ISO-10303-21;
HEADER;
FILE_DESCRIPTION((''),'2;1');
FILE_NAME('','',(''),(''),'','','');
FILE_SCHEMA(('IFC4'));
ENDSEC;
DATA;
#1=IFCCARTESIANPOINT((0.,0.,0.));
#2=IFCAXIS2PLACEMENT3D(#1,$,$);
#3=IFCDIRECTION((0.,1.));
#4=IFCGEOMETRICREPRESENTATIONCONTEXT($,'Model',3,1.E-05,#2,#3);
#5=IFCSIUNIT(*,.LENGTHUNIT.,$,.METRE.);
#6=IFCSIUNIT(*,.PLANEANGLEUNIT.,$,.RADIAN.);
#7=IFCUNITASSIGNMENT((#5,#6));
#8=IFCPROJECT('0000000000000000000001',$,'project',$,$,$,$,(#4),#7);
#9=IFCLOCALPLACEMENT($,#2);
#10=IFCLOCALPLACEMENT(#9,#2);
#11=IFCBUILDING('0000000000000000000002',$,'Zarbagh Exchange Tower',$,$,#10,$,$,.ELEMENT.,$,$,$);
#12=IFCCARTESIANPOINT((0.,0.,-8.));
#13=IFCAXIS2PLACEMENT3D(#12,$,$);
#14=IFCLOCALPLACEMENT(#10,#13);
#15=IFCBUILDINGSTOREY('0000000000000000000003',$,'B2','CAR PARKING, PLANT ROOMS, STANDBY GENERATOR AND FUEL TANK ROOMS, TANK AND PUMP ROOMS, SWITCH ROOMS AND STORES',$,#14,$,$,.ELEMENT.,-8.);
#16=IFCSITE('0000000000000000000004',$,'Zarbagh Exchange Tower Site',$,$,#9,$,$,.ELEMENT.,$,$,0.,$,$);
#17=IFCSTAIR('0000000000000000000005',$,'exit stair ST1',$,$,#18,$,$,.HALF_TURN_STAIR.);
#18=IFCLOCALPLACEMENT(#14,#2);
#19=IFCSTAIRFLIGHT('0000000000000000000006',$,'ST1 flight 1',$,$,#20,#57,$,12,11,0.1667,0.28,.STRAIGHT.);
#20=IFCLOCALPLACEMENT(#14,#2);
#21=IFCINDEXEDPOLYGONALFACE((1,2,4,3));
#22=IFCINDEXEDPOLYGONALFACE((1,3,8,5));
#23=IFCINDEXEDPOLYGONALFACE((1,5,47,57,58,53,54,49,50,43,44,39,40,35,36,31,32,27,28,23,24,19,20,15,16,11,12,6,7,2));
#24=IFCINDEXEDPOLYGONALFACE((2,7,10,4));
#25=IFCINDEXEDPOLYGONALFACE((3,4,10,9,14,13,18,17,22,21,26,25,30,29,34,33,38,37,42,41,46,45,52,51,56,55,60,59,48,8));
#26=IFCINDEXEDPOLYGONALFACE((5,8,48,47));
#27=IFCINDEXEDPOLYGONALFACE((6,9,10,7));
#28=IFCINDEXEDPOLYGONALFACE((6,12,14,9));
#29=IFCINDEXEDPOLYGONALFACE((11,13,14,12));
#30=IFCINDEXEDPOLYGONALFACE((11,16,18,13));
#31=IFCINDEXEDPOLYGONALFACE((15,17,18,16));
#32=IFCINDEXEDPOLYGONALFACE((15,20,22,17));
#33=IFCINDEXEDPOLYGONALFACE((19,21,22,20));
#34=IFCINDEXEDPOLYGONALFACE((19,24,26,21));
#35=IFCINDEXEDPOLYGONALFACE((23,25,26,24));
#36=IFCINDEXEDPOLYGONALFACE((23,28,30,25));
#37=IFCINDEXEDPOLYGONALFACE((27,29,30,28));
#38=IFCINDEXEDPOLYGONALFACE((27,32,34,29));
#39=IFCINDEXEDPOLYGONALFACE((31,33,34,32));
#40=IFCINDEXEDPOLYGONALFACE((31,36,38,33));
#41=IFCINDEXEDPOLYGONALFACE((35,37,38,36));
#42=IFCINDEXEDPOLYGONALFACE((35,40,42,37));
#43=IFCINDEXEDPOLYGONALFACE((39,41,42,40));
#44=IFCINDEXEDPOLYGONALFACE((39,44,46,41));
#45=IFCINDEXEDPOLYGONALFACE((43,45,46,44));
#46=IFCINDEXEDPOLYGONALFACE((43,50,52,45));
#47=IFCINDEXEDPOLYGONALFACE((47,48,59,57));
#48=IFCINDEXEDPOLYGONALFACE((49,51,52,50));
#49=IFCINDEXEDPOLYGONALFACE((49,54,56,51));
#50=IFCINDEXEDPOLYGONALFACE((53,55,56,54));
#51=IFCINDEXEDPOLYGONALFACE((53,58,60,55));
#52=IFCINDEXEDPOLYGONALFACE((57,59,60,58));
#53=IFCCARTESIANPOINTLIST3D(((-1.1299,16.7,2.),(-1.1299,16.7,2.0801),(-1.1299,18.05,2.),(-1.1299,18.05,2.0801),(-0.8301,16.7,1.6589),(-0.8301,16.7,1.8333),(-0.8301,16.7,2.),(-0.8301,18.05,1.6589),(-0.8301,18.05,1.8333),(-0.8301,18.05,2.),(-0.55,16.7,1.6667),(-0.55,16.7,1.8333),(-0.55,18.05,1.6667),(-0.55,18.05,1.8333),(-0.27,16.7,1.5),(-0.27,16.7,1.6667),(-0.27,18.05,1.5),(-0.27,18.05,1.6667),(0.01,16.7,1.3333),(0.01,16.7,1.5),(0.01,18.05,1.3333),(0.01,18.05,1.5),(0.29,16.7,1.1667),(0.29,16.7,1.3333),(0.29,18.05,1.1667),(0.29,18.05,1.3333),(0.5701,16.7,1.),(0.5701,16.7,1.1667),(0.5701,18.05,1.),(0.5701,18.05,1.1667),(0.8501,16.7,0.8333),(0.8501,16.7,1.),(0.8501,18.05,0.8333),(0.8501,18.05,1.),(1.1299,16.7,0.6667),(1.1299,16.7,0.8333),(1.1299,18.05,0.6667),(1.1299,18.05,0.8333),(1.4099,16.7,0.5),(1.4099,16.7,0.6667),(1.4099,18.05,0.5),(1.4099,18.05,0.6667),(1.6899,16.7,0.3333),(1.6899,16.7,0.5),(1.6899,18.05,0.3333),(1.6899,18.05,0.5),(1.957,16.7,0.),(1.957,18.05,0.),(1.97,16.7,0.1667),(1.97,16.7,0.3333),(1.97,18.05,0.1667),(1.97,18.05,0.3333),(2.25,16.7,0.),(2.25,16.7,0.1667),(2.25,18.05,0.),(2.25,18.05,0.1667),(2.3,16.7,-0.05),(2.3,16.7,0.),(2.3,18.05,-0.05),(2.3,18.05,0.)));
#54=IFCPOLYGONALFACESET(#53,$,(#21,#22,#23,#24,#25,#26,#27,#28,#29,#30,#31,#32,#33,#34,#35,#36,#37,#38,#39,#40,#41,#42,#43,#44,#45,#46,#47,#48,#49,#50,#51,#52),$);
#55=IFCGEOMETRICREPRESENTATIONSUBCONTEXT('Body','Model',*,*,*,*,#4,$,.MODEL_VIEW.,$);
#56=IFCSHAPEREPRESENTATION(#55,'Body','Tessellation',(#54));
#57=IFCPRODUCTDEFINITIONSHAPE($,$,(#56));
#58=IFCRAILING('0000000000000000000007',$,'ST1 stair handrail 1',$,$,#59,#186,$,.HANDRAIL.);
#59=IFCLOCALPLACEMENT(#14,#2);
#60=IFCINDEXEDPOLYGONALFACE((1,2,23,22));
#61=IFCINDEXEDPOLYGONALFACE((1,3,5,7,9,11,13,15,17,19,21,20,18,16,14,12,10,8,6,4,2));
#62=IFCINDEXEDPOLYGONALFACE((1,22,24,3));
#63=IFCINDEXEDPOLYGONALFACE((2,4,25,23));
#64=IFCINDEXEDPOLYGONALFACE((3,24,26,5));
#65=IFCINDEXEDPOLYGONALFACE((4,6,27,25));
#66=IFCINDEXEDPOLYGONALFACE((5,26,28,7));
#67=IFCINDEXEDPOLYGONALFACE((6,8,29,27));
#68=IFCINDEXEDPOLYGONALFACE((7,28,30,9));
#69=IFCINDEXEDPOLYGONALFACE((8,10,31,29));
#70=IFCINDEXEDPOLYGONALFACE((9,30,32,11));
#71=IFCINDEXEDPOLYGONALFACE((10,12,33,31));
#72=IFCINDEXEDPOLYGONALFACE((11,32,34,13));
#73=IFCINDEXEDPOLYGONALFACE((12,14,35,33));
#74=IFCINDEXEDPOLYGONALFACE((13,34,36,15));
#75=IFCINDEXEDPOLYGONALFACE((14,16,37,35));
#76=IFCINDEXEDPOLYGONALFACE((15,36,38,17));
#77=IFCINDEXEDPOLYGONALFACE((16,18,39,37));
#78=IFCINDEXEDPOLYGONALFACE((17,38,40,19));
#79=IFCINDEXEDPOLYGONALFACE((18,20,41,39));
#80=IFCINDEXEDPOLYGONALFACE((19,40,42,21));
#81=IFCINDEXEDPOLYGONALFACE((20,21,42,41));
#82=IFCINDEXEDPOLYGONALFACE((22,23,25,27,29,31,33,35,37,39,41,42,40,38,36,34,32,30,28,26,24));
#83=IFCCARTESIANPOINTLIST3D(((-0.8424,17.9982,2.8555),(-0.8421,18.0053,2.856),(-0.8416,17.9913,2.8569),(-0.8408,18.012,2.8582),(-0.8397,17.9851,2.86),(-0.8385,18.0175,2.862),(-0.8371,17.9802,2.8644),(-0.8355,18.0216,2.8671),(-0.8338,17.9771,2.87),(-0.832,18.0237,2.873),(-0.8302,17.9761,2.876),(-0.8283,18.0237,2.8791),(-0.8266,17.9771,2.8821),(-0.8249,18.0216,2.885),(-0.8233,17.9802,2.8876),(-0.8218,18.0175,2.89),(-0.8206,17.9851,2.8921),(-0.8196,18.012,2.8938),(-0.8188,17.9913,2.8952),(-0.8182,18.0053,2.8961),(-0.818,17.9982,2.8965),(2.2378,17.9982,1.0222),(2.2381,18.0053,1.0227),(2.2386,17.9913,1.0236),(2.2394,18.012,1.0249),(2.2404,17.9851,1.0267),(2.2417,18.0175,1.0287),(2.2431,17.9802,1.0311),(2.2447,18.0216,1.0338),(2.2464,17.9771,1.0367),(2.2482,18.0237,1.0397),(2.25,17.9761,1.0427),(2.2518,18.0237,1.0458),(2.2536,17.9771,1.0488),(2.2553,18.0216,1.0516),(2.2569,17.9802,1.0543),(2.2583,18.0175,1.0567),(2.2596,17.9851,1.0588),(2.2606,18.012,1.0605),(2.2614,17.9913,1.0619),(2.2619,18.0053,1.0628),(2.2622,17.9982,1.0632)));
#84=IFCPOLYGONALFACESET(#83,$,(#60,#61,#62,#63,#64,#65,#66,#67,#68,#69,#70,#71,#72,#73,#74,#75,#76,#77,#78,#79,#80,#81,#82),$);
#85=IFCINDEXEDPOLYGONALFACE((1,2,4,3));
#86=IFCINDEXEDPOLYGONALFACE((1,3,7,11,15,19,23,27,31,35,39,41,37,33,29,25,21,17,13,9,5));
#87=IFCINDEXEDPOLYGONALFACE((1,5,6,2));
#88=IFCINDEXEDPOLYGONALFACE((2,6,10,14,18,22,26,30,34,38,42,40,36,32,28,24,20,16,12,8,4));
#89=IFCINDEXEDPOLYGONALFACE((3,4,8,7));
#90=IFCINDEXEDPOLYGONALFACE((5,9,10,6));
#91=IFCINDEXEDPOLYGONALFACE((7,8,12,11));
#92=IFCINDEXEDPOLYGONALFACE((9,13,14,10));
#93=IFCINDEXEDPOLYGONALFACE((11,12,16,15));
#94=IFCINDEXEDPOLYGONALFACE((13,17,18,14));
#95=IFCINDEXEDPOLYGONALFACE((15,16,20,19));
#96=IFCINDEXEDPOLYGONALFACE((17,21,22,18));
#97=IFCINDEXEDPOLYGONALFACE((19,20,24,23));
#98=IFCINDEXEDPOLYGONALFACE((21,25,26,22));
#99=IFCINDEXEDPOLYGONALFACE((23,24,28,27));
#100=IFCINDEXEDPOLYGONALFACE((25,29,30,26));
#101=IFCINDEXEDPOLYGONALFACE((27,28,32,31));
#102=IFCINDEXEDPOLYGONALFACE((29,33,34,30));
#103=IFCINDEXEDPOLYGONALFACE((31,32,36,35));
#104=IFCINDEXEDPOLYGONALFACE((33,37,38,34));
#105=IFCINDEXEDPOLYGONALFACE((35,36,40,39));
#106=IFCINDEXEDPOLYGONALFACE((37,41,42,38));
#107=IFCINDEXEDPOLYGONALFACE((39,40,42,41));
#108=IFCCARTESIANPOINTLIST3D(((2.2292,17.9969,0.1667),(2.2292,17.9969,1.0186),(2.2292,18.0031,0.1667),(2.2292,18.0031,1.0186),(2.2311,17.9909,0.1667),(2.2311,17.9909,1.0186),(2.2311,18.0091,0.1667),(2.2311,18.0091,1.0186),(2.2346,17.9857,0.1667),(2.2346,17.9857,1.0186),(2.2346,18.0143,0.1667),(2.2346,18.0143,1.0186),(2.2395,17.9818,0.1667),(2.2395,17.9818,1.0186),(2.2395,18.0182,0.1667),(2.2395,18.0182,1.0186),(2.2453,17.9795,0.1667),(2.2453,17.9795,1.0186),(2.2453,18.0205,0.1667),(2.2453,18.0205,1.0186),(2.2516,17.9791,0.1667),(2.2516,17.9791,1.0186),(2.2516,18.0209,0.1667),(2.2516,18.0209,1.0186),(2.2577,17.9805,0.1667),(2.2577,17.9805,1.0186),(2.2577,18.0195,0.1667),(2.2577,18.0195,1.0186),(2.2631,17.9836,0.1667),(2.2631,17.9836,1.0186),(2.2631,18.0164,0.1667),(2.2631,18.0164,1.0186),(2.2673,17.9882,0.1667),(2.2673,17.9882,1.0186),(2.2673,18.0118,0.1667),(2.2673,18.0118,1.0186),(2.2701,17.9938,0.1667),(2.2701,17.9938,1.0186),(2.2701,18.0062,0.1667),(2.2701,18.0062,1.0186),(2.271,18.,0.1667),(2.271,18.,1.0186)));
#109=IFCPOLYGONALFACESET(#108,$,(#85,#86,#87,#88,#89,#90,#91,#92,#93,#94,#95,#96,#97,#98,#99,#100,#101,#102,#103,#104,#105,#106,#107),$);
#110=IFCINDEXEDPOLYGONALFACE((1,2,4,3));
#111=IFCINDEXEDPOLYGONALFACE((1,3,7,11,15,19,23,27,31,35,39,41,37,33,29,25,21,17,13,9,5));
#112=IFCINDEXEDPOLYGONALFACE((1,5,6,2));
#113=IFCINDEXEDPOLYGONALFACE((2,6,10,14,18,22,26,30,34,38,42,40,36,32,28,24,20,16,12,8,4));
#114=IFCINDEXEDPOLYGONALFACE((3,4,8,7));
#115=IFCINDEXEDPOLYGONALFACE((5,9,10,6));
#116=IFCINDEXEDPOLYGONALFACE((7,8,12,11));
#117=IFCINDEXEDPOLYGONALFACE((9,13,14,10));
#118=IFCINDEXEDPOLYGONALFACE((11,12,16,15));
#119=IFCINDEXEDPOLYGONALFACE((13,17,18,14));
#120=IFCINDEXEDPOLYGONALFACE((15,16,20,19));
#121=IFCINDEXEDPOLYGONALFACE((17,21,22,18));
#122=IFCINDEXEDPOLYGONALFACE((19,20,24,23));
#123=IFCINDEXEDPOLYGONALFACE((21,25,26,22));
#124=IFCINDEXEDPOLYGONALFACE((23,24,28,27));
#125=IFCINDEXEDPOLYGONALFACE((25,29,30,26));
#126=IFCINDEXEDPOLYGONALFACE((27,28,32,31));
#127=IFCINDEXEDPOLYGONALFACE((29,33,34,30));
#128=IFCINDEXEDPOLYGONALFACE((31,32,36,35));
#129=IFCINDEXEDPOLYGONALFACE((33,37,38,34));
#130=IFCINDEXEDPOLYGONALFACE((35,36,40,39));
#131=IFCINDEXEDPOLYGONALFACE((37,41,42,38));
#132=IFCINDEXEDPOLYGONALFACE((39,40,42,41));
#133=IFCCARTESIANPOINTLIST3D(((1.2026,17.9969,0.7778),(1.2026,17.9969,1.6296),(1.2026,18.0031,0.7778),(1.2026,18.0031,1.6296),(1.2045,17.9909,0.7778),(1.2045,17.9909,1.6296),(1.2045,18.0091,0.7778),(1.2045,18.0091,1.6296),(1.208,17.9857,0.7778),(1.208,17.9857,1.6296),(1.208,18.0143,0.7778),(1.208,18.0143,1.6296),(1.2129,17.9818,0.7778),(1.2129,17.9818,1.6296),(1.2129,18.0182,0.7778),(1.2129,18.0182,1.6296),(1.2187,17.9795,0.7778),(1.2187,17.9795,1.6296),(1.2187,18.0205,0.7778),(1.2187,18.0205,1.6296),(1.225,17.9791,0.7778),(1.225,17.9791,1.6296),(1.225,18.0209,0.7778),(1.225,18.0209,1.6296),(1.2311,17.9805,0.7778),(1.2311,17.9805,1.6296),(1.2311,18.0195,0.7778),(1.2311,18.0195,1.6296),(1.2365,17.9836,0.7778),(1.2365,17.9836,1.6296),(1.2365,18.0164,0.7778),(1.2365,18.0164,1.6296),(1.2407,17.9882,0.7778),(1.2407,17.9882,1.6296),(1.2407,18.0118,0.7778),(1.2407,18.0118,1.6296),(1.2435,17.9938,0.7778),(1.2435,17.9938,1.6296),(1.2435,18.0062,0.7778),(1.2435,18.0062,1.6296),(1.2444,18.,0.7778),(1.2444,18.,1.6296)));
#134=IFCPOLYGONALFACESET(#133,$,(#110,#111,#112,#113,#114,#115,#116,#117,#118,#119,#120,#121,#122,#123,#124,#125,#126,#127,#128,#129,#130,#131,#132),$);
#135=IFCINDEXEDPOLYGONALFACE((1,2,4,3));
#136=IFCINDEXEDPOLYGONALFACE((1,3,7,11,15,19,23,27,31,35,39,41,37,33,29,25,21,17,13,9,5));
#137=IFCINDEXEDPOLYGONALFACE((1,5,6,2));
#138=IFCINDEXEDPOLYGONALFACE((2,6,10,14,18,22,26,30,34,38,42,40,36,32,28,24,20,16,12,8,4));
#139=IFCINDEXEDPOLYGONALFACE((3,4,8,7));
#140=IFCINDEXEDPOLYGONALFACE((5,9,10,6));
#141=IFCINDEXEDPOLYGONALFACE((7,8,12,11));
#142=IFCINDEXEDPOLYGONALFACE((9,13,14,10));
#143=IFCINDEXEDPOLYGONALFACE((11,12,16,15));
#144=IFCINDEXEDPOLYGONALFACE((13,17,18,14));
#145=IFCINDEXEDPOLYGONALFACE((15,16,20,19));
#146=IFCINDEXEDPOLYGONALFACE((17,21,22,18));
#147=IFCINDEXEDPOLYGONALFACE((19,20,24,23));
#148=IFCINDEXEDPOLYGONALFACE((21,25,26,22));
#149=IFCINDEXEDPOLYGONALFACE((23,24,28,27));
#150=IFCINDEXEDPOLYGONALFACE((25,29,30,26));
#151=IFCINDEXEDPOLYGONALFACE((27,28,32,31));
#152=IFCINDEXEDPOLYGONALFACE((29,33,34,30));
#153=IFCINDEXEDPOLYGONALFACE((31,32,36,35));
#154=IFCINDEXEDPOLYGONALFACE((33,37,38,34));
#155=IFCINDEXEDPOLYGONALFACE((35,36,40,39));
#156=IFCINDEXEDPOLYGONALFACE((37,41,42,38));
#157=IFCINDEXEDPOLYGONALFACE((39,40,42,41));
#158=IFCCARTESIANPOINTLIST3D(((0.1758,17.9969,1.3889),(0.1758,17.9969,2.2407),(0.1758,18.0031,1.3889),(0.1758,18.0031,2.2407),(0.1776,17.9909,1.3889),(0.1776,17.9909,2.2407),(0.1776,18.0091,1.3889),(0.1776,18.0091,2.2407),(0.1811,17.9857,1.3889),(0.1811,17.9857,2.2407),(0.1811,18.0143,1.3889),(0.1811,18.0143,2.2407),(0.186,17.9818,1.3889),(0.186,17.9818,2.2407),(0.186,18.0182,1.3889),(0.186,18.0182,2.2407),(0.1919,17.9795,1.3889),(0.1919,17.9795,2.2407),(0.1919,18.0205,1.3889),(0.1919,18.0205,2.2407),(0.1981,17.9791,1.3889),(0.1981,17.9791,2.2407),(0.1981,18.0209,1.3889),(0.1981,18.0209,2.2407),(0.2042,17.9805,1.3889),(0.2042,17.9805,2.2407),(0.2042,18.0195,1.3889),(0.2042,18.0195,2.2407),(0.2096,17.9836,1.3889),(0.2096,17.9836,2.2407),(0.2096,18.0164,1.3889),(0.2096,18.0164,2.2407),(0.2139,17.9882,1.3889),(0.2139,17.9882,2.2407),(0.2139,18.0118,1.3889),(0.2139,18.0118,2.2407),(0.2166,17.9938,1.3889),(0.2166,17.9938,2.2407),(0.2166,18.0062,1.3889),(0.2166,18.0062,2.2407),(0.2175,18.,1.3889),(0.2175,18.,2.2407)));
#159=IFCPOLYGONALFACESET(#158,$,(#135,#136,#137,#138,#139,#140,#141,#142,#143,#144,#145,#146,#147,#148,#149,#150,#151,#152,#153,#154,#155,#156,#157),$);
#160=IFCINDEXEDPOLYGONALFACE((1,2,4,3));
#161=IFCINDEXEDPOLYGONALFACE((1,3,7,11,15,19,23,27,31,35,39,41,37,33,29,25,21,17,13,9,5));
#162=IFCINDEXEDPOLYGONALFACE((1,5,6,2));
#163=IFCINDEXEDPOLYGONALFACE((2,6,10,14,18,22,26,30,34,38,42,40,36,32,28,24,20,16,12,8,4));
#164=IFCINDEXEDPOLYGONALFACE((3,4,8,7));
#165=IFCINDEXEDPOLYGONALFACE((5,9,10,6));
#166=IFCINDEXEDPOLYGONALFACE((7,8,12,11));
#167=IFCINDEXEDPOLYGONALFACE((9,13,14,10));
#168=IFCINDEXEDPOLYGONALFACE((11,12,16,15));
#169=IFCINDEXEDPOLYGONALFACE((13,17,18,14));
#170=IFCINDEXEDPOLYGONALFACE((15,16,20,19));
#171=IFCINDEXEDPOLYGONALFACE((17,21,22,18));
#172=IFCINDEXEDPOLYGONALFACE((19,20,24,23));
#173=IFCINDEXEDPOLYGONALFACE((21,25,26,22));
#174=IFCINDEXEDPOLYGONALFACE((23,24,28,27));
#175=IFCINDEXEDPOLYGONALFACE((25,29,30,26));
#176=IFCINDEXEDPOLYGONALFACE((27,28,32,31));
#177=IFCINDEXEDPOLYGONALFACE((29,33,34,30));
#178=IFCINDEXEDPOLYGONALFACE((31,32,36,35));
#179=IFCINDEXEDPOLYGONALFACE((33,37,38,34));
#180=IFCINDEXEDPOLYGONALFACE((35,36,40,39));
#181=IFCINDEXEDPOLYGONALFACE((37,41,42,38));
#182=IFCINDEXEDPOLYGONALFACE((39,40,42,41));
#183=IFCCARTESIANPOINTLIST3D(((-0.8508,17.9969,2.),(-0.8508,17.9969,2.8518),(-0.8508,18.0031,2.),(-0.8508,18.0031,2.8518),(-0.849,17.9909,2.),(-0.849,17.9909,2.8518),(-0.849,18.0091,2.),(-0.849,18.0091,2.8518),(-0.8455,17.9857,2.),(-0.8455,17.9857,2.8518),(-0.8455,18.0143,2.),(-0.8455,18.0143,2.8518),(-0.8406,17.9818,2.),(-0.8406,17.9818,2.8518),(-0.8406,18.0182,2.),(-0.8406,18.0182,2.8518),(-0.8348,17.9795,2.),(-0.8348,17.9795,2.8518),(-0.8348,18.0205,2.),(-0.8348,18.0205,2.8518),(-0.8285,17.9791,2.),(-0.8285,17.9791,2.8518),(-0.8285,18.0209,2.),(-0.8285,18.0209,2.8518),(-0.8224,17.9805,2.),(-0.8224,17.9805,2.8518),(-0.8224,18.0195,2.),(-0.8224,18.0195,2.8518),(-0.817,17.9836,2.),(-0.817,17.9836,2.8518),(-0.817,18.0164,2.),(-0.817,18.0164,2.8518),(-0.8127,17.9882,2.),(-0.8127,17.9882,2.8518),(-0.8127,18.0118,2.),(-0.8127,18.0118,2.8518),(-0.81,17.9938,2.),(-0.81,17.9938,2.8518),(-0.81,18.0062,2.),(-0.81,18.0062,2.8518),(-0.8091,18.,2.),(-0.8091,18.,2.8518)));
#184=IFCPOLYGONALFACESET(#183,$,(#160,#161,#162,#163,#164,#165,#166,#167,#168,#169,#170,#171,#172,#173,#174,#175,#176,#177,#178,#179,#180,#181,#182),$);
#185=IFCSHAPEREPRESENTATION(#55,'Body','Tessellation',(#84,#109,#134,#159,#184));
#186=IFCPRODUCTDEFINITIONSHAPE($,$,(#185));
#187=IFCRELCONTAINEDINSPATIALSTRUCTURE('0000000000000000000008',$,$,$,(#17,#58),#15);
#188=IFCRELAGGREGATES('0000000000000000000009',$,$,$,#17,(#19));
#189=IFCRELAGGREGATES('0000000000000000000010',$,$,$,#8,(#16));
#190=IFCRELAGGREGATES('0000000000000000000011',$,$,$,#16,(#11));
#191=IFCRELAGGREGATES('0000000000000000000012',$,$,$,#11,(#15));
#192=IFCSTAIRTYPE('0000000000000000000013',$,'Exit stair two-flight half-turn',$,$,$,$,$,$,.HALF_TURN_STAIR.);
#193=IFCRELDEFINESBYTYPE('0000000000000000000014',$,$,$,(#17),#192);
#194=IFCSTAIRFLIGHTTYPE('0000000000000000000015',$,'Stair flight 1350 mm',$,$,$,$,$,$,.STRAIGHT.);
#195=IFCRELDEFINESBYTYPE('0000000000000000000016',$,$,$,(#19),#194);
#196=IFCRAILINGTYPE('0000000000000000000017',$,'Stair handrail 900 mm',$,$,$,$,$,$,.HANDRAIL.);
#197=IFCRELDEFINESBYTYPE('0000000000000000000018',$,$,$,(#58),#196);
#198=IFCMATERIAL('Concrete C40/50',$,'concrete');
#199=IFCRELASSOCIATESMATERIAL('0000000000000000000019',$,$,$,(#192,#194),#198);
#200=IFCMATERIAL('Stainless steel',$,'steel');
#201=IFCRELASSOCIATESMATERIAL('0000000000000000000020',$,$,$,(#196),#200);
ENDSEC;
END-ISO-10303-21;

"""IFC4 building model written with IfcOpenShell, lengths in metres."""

from ifc_helpers import new_model, si_unit, direction, frame, origin, origin_2d, place, context, subcontext, project, spatial, polyline, circle, outline, extrude, material, type_object, element, aggregate, save


model = new_model("IFC4")

# Units and contexts
model_context = context("Model", 3, precision=1e-05, world=origin(), true_north=direction((0.0, 1.0)))
body_context = subcontext(model_context, "Body", "Model", "MODEL_VIEW")
ifc_project = project(units=[si_unit("LENGTHUNIT", "METRE"), si_unit("PLANEANGLEUNIT", "RADIAN")], contexts=[model_context])

# Site, building, storey
site_placement = place(None, origin())
site = spatial("IfcSite", under=ifc_project, at=site_placement, Name="Zarbagh Exchange Tower Site", CompositionType="ELEMENT", RefElevation=0.0)
building_placement = place(site_placement, origin())
building = spatial("IfcBuilding", under=site, at=building_placement, Name="Zarbagh Exchange Tower", CompositionType="ELEMENT")
storey_placement = place(building_placement, frame((0.0, 0.0, -8.0)))
storey = spatial("IfcBuildingStorey", under=building, at=storey_placement, Name="B2", Description="CAR PARKING, PLANT ROOMS, STANDBY GENERATOR AND FUEL TANK ROOMS, TANK AND PUMP ROOMS, SWITCH ROOMS AND STORES", CompositionType="ELEMENT", Elevation=-8.0)

# Shared definitions
ifc_material_1 = material(Name="Concrete C40/50", Category="concrete")

# Stair, stair flight
stair_type = type_object("IfcStairType", Name="Exit stair two-flight half-turn", PredefinedType="HALF_TURN_STAIR", material=ifc_material_1)
stair_placement = place(storey_placement, origin())
stair = element("IfcStair", 1, at=stair_placement, inside=storey, type_object=stair_type, Name="exit stair ST1", PredefinedType="HALF_TURN_STAIR")
stair_flight_type = type_object("IfcStairFlightType", Name="Stair flight 1350 mm", PredefinedType="STRAIGHT", material=ifc_material_1)
stair_flight_placement = place(storey_placement, frame((2.25, 17.375, 0.0), z_axis=(0.0, 0.0, 1.0), x_axis=(-1.0, 0.0, 0.0)))
stair_flight = element("IfcStairFlight", 2, at=stair_flight_placement, type_object=stair_flight_type, Name="ST1 flight 1", NumberOfRisers=12, NumberOfTreads=11, PredefinedType="STRAIGHT", RiserHeight=0.1667, TreadLength=0.28, context=body_context, shape_type="SweptSolid", body=[
    extrude(outline(polyline([(-0.05, -0.05), (-0.05, 0.0), (0.0, 0.0), (0.0, 0.1667), (0.28, 0.1667), (0.28, 0.3333), (0.5601, 0.3333), (0.5601, 0.5), (0.8401, 0.5), (0.8401, 0.6667), (1.1201, 0.6667), (1.1201, 0.8333), (1.3999, 0.8333), (1.3999, 1.0), (1.6799, 1.0), (1.6799, 1.1667), (1.96, 1.1667), (1.96, 1.3333), (2.24, 1.3333), (2.24, 1.5), (2.52, 1.5), (2.52, 1.6667), (2.8, 1.6667), (2.8, 1.8333), (3.0801, 1.8333), (3.0801, 2.0), (3.3799, 2.0801), (3.3799, 2.0), (3.0801, 1.6589), (0.293, 0.0), (-0.05, -0.05)])), frame((0.0, 0.675, 0.0), z_axis=(0.0, -1.0, 0.0), x_axis=(1.0, 0.0, 0.0)), (0.0, 0.0, 1.0), 1.3501),
])
aggregate(stair, [stair_flight])

# Railing
ifc_material_2 = material(Name="Stainless steel", Category="steel")
railing_type = type_object("IfcRailingType", Name="Stair handrail 900 mm", PredefinedType="HANDRAIL", material=ifc_material_2)
for number, where, name in (
    (3, (2.25, 18.0, 0.1667), "ST1 stair handrail 1"),
):
    element("IfcRailing", number, at=place(storey_placement, frame(where)), inside=storey, type_object=railing_type, Name=name, PredefinedType="HANDRAIL", context=body_context, shape_type="SweptSolid", body=[
        extrude(circle(Radius=0.0239, at=origin_2d()), frame((0.0, 0.0, 0.876), z_axis=(-0.859309, 0.0, 0.511458), x_axis=(0.0, -1.0, 0.0)), (0.0, 0.0, 1.0), 3.5845),
        extrude(circle(Radius=0.021, at=origin_2d()), origin(), (0.0, 0.0, 1.0), 0.8518),
        extrude(circle(Radius=0.021, at=origin_2d()), frame((-1.0266, 0.0, 0.6111)), (0.0, 0.0, 1.0), 0.8518),
        extrude(circle(Radius=0.021, at=origin_2d()), frame((-2.0535, 0.0, 1.2222)), (0.0, 0.0, 1.0), 0.8518),
        extrude(circle(Radius=0.021, at=origin_2d()), frame((-3.0801, 0.0, 1.8333)), (0.0, 0.0, 1.0), 0.8518),
    ])

save(model, "model.ifc")
